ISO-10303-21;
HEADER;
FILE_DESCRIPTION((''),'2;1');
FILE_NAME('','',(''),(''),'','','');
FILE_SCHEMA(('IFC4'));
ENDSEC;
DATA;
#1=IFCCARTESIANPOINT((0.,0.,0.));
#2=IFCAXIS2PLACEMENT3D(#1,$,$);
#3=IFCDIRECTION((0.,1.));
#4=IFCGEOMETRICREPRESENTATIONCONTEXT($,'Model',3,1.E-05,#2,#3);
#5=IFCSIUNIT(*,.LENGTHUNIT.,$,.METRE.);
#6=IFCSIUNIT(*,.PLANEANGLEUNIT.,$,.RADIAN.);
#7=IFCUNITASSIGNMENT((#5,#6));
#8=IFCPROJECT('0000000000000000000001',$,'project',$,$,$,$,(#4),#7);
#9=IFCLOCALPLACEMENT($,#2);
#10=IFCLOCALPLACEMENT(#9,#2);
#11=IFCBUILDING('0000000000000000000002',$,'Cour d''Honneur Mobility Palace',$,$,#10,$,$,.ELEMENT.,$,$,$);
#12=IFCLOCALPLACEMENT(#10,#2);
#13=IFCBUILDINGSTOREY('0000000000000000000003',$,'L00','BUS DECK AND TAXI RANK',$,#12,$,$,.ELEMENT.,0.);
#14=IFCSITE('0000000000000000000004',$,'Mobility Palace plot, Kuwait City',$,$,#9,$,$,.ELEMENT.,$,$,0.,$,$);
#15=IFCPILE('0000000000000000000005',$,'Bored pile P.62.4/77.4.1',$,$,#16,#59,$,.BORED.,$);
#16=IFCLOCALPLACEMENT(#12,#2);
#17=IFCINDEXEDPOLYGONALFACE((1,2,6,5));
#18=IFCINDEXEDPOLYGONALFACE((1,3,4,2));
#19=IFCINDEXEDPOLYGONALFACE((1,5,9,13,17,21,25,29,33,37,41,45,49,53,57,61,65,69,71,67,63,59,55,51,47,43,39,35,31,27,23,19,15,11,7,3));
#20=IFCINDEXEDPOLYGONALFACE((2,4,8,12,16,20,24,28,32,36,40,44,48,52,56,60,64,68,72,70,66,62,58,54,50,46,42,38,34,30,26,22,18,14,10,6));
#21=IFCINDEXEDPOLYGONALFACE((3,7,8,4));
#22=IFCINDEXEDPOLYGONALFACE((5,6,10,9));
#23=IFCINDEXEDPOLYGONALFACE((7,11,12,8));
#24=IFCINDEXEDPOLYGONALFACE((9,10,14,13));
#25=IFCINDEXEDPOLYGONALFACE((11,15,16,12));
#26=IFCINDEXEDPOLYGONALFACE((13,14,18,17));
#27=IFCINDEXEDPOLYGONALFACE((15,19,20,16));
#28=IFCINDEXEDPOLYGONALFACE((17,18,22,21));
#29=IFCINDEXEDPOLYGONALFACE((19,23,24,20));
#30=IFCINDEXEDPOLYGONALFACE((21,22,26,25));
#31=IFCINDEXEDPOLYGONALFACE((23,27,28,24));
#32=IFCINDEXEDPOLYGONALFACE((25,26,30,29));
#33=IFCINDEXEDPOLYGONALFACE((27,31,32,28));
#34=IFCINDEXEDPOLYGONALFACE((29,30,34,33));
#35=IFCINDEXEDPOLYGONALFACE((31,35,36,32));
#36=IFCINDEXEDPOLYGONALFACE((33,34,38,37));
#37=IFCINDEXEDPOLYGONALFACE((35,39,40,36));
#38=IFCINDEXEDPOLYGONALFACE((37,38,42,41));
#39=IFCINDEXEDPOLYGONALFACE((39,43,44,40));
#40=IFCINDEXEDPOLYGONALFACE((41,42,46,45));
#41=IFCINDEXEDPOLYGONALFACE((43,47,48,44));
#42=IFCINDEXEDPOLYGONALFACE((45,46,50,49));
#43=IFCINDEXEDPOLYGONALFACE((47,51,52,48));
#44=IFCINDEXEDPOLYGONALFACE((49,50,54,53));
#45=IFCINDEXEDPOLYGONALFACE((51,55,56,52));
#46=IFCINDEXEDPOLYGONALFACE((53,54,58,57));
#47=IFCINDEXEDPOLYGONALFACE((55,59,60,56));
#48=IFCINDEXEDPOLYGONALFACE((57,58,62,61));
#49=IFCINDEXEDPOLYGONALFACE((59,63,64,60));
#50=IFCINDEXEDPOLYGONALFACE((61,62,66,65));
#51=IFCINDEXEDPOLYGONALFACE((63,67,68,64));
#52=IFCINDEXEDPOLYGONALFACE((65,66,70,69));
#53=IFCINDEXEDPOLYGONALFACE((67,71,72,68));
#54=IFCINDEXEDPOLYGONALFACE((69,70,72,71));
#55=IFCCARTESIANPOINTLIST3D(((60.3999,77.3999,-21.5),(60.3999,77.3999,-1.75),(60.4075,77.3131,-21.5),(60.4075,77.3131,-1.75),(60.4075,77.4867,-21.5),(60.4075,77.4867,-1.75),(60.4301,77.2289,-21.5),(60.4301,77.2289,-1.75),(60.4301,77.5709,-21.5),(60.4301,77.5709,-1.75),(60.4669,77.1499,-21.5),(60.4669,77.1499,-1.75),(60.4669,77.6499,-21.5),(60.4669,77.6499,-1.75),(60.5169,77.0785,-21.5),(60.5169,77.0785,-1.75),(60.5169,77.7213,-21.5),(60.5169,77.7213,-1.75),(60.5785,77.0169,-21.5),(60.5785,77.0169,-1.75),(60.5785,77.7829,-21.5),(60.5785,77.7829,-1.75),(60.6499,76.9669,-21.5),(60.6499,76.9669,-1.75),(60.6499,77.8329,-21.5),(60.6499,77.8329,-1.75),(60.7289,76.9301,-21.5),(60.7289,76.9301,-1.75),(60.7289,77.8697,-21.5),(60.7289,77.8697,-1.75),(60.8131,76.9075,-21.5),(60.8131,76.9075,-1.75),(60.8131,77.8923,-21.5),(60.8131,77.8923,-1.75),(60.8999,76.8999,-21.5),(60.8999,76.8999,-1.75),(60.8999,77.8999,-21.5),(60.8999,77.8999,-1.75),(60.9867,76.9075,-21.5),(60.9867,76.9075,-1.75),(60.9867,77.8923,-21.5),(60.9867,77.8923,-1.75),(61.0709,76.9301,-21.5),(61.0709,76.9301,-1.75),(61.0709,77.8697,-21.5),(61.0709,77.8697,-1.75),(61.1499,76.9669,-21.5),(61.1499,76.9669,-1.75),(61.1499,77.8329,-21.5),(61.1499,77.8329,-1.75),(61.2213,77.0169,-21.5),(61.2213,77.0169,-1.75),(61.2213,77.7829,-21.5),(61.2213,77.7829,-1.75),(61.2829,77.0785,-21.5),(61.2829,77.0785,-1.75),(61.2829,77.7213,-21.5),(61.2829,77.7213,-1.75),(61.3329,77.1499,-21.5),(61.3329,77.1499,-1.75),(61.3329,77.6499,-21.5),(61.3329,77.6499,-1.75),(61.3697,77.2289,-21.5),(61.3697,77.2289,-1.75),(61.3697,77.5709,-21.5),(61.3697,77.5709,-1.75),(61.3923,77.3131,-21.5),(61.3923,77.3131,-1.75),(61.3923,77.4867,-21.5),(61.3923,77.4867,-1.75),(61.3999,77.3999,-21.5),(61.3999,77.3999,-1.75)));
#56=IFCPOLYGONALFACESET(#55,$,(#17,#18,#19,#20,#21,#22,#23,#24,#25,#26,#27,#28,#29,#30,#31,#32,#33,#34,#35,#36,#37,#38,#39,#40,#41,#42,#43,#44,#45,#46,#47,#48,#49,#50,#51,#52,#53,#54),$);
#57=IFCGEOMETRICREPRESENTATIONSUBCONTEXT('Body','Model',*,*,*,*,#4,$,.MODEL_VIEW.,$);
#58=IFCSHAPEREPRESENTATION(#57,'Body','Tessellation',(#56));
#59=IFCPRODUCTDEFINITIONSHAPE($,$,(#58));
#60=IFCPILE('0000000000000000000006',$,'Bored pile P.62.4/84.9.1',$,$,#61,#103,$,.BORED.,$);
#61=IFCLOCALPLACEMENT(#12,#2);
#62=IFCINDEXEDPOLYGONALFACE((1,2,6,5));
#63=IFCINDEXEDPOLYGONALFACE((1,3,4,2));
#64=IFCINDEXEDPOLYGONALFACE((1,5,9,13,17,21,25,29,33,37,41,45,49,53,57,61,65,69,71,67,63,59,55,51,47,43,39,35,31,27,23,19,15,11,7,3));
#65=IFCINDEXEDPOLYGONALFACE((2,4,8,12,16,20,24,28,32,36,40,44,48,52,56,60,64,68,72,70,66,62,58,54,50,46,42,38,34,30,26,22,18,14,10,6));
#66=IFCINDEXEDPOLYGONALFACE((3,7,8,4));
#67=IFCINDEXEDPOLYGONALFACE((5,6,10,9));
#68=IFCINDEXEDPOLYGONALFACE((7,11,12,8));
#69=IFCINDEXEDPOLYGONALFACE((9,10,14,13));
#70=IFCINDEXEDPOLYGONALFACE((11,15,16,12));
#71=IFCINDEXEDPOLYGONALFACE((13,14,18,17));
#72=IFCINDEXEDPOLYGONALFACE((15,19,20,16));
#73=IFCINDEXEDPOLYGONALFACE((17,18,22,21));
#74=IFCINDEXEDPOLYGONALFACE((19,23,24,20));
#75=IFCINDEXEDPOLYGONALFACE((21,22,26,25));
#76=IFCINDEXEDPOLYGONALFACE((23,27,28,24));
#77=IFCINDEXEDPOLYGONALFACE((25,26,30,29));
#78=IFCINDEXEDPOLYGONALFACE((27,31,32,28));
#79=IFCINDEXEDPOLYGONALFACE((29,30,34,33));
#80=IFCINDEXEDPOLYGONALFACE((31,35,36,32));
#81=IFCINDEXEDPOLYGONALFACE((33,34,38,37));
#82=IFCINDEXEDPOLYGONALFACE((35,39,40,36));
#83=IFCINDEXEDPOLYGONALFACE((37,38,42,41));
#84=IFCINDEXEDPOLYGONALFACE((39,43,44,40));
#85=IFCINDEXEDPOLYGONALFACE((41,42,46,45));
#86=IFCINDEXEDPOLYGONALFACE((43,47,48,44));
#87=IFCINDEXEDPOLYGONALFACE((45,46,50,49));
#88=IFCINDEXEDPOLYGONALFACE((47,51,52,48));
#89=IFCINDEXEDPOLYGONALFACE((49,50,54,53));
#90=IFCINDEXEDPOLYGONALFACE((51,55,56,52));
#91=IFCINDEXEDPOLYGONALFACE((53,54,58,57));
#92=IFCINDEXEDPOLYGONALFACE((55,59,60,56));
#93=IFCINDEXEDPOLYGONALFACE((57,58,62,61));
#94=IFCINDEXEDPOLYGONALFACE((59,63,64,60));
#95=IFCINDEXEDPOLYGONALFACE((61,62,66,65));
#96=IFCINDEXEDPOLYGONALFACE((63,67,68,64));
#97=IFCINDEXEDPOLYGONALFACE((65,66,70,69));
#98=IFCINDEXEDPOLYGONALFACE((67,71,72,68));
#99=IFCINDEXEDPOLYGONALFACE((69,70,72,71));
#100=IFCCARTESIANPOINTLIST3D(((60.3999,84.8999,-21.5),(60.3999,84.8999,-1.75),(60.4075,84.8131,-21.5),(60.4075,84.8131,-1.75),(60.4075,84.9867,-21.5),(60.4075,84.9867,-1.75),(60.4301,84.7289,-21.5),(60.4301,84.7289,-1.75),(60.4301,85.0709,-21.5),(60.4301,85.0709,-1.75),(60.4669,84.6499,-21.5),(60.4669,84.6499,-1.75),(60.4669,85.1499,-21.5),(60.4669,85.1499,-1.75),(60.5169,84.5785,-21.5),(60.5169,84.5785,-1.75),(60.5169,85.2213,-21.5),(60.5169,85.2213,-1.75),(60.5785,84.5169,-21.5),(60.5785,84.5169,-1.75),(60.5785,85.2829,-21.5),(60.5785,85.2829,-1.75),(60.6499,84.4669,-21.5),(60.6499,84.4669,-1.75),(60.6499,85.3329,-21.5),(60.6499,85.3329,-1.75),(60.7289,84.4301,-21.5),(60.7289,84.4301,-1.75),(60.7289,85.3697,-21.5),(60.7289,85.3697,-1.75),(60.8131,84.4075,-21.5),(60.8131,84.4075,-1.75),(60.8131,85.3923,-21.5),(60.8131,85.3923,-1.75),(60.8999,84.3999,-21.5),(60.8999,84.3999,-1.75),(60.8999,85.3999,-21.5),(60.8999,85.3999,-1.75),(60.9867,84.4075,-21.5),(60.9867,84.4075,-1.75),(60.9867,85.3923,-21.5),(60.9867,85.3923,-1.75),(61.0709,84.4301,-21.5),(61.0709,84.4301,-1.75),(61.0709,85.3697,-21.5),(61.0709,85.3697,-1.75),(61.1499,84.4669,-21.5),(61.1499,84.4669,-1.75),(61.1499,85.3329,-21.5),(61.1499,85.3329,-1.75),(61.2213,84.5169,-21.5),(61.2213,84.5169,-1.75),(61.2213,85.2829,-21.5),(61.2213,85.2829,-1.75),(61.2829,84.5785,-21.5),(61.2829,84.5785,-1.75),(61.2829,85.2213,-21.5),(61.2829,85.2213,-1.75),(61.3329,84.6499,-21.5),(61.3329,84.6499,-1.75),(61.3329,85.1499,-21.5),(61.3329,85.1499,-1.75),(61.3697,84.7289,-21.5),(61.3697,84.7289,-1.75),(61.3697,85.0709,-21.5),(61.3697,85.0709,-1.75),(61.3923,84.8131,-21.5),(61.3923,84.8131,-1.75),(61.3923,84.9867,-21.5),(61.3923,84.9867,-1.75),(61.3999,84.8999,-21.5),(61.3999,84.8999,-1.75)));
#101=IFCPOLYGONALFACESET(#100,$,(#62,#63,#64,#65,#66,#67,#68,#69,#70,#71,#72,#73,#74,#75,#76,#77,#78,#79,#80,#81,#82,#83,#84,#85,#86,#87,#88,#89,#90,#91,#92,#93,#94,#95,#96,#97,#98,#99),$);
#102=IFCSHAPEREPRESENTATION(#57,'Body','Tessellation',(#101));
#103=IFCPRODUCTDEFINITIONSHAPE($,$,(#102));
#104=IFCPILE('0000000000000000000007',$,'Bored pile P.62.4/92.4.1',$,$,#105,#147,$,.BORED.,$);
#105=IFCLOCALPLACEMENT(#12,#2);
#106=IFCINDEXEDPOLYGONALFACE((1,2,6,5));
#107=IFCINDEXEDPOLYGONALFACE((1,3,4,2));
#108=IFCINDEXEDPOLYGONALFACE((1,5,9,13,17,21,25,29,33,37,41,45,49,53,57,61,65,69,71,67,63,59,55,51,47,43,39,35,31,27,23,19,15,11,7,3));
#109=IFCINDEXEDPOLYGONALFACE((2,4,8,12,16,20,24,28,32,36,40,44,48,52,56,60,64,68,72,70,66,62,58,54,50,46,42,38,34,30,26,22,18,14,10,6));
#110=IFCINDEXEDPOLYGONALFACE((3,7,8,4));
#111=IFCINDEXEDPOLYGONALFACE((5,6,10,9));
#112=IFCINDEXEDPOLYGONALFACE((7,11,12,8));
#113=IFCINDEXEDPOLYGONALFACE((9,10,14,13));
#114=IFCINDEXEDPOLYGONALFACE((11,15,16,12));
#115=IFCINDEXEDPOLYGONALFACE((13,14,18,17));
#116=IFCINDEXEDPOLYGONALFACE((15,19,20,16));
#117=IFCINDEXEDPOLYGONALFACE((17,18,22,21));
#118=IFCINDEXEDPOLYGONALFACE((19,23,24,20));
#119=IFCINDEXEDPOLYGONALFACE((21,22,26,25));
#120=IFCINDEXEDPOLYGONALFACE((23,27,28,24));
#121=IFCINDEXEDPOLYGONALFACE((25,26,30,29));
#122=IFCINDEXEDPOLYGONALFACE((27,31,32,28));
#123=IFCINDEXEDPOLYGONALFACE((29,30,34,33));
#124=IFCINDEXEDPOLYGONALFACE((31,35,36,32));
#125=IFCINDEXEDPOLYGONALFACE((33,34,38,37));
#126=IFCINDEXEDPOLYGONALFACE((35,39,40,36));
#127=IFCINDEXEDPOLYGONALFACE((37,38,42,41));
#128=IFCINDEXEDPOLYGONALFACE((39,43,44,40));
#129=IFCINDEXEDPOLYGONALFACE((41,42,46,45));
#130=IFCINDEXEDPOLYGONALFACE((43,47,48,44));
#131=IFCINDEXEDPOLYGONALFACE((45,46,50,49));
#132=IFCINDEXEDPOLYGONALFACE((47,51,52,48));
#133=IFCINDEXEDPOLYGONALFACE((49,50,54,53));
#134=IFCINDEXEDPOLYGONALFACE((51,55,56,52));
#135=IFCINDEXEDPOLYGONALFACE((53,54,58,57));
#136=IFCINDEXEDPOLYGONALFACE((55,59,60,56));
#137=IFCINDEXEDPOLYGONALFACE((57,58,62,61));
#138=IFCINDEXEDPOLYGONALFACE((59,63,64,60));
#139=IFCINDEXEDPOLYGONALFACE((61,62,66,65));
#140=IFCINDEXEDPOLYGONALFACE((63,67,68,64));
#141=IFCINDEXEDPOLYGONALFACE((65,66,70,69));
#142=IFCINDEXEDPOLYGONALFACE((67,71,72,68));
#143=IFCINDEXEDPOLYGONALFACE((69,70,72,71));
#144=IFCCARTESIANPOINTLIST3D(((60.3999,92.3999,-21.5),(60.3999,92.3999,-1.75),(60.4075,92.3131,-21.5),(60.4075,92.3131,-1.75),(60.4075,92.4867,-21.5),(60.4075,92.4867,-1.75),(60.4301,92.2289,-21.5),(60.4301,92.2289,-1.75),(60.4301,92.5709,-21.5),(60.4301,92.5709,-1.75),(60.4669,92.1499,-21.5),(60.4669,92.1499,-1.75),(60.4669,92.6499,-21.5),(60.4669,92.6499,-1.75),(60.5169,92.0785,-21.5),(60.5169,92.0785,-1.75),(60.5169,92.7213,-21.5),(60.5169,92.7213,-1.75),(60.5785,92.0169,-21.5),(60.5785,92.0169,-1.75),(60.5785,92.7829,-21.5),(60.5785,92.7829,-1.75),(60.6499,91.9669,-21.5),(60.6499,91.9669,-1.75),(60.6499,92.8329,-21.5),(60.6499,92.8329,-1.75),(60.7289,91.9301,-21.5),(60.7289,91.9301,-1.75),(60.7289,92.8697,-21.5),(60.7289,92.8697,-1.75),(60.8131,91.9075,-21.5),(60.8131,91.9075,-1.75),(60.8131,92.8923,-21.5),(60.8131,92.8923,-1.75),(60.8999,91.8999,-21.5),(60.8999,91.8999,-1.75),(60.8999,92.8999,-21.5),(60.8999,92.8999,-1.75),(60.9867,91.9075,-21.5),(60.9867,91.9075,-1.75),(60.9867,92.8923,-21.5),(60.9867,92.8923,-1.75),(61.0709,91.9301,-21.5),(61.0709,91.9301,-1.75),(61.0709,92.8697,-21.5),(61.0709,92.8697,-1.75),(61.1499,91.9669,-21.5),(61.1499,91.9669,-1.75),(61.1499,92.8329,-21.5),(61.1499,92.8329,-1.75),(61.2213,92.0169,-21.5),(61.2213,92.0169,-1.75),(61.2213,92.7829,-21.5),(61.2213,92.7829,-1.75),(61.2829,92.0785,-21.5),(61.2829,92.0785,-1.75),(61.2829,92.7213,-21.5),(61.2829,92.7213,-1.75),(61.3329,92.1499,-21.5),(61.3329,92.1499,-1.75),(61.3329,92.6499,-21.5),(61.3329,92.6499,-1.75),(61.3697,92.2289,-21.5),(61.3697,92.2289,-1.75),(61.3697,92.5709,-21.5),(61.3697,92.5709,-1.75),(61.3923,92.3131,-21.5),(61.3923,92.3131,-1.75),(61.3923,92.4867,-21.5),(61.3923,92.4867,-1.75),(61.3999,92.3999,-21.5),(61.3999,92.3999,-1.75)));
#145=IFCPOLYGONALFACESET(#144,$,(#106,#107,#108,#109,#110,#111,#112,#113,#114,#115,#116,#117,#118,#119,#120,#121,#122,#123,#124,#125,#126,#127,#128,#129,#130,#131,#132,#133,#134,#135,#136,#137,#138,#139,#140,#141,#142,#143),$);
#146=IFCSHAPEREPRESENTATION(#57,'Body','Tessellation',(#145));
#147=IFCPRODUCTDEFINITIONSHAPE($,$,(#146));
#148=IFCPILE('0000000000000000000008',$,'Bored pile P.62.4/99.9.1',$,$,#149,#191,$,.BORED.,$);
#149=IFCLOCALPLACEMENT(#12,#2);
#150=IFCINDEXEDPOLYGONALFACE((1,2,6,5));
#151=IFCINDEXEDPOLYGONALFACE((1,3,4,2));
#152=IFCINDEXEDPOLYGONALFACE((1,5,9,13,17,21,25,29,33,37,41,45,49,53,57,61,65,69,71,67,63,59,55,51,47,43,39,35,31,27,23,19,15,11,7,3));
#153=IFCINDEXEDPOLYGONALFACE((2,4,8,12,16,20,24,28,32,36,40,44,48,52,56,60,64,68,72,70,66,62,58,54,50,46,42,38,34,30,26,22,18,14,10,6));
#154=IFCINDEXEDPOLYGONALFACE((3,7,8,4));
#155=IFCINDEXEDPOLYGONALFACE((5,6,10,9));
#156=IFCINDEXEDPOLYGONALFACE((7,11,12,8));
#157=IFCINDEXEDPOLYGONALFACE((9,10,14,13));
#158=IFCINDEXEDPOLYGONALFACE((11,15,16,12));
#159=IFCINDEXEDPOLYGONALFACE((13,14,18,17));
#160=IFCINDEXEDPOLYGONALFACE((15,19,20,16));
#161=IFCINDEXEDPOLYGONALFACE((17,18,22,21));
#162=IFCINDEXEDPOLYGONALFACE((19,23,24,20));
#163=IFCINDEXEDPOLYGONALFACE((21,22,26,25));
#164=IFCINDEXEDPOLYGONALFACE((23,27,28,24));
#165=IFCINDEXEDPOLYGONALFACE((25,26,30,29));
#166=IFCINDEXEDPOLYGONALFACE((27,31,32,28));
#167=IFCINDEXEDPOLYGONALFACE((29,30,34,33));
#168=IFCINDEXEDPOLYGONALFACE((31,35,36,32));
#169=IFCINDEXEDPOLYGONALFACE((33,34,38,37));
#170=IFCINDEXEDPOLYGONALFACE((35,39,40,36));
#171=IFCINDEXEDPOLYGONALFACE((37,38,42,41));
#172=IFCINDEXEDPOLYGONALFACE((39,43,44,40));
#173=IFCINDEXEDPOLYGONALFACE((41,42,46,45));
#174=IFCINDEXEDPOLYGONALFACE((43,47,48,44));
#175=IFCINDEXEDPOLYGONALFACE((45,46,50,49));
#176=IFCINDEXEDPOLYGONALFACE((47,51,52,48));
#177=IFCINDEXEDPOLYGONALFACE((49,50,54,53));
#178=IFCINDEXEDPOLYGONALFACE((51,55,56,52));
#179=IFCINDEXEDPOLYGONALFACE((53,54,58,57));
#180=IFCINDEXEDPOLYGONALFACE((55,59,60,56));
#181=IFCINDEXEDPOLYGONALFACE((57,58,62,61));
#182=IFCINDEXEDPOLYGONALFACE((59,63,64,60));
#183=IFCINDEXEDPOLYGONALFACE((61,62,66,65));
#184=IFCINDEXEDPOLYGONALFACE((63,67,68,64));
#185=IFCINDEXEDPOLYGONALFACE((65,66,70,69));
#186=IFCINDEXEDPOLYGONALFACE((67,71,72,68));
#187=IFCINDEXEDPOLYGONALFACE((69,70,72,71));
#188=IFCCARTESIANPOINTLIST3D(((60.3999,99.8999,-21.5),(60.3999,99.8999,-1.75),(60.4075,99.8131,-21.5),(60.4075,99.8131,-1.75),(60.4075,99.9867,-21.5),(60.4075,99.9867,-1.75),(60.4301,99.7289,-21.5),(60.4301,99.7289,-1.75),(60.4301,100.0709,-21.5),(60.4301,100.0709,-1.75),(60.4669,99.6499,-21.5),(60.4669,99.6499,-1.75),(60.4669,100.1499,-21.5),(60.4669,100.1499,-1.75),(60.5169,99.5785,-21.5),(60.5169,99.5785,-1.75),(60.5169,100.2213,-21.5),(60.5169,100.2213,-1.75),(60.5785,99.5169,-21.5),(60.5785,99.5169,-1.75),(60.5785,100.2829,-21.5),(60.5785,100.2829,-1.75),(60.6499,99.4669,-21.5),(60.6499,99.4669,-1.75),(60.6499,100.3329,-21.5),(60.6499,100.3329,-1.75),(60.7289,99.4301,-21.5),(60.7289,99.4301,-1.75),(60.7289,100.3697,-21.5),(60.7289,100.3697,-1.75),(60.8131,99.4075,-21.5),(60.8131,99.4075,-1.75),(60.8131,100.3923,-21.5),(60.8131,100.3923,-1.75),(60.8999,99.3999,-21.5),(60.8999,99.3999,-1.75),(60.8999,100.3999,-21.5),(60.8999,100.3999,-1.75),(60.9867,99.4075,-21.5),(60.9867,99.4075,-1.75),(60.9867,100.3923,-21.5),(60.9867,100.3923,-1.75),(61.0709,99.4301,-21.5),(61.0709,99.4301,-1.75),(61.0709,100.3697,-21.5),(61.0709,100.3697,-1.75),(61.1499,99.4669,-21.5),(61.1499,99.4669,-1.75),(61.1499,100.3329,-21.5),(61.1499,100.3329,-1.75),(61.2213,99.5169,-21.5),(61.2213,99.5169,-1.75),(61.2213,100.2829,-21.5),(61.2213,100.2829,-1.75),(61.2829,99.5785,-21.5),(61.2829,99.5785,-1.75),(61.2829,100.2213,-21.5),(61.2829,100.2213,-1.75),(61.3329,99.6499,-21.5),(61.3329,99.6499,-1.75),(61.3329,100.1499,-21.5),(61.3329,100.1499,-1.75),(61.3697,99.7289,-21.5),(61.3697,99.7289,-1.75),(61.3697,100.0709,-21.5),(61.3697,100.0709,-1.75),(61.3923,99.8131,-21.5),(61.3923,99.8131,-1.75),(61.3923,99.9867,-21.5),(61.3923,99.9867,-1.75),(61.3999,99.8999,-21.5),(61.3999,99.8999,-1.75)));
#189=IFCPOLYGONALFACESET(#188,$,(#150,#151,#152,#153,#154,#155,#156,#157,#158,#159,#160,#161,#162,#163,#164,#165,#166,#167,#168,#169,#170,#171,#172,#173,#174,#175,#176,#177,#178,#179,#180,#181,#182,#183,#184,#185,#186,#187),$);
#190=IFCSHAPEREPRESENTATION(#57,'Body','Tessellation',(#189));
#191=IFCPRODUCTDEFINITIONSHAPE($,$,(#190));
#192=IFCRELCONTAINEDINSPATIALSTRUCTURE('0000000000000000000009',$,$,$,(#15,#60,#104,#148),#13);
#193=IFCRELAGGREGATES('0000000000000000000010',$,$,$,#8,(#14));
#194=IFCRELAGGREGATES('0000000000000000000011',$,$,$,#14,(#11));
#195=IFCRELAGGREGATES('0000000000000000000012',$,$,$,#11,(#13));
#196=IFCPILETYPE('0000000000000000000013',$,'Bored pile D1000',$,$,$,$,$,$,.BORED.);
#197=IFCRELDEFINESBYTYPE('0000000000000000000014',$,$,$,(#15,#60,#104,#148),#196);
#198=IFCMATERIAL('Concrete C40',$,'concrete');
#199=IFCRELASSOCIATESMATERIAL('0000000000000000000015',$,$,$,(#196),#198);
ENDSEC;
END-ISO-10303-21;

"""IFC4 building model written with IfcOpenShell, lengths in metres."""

from ifc_helpers import new_model, si_unit, direction, frame, origin, origin_2d, place, context, subcontext, project, spatial, circle, extrude, material, material_profile, profile_set, type_object, element, save


model = new_model("IFC4")

# Units and contexts
model_context = context("Model", 3, precision=1e-05, world=origin(), true_north=direction((0.0, 1.0)))
body_context = subcontext(model_context, "Body", "Model", "MODEL_VIEW")
ifc_project = project(units=[si_unit("LENGTHUNIT", "METRE"), si_unit("PLANEANGLEUNIT", "RADIAN")], contexts=[model_context])

# Site, building, storey
site_placement = place(None, origin())
site = spatial("IfcSite", under=ifc_project, at=site_placement, Name="Mobility Palace plot, Kuwait City", CompositionType="ELEMENT", RefElevation=0.0)
building_placement = place(site_placement, origin())
building = spatial("IfcBuilding", under=site, at=building_placement, Name="Cour d'Honneur Mobility Palace", CompositionType="ELEMENT")
storey_placement = place(building_placement, origin())
storey = spatial("IfcBuildingStorey", under=building, at=storey_placement, Name="L00", Description="BUS DECK AND TAXI RANK", CompositionType="ELEMENT", Elevation=0.0)

# Piles
ifc_material_1 = material(Name="Concrete C40", Category="concrete")
ifc_material_profile_1 = material_profile(ifc_material_1, circle(Radius=0.5, at=origin_2d()), Name="Bored pile D1000")
ifc_profile_set_1 = profile_set([ifc_material_profile_1], Name="Concrete C40")
pile_type = type_object("IfcPileType", Name="Bored pile D1000", PredefinedType="BORED", material=ifc_profile_set_1)
for number, where, z_axis, x_axis, name in (
    (1, (60.8999, 77.3999, -1.75), (0.0, 0.0, -1.0), (1.0, 0.0, 0.0), "Bored pile P.62.4/77.4.1"),
    (2, (60.8999, 84.8999, -1.75), (0.0, 0.0, -1.0), (1.0, 0.0, 0.0), "Bored pile P.62.4/84.9.1"),
    (3, (60.8999, 92.3999, -1.75), (0.0, 0.0, -1.0), (1.0, 0.0, 0.0), "Bored pile P.62.4/92.4.1"),
    (4, (60.8999, 99.8999, -1.75), (0.0, 0.0, -1.0), (1.0, 0.0, 0.0), "Bored pile P.62.4/99.9.1"),
):
    element("IfcPile", number, at=place(storey_placement, frame(where, z_axis=z_axis, x_axis=x_axis)), inside=storey, type_object=pile_type, Name=name, PredefinedType="BORED", context=body_context, shape_type="SweptSolid", body=[
        extrude(circle(Radius=0.5, at=origin_2d()), origin(), (0.0, 0.0, 1.0), 19.75),
    ])

save(model, "model.ifc")
